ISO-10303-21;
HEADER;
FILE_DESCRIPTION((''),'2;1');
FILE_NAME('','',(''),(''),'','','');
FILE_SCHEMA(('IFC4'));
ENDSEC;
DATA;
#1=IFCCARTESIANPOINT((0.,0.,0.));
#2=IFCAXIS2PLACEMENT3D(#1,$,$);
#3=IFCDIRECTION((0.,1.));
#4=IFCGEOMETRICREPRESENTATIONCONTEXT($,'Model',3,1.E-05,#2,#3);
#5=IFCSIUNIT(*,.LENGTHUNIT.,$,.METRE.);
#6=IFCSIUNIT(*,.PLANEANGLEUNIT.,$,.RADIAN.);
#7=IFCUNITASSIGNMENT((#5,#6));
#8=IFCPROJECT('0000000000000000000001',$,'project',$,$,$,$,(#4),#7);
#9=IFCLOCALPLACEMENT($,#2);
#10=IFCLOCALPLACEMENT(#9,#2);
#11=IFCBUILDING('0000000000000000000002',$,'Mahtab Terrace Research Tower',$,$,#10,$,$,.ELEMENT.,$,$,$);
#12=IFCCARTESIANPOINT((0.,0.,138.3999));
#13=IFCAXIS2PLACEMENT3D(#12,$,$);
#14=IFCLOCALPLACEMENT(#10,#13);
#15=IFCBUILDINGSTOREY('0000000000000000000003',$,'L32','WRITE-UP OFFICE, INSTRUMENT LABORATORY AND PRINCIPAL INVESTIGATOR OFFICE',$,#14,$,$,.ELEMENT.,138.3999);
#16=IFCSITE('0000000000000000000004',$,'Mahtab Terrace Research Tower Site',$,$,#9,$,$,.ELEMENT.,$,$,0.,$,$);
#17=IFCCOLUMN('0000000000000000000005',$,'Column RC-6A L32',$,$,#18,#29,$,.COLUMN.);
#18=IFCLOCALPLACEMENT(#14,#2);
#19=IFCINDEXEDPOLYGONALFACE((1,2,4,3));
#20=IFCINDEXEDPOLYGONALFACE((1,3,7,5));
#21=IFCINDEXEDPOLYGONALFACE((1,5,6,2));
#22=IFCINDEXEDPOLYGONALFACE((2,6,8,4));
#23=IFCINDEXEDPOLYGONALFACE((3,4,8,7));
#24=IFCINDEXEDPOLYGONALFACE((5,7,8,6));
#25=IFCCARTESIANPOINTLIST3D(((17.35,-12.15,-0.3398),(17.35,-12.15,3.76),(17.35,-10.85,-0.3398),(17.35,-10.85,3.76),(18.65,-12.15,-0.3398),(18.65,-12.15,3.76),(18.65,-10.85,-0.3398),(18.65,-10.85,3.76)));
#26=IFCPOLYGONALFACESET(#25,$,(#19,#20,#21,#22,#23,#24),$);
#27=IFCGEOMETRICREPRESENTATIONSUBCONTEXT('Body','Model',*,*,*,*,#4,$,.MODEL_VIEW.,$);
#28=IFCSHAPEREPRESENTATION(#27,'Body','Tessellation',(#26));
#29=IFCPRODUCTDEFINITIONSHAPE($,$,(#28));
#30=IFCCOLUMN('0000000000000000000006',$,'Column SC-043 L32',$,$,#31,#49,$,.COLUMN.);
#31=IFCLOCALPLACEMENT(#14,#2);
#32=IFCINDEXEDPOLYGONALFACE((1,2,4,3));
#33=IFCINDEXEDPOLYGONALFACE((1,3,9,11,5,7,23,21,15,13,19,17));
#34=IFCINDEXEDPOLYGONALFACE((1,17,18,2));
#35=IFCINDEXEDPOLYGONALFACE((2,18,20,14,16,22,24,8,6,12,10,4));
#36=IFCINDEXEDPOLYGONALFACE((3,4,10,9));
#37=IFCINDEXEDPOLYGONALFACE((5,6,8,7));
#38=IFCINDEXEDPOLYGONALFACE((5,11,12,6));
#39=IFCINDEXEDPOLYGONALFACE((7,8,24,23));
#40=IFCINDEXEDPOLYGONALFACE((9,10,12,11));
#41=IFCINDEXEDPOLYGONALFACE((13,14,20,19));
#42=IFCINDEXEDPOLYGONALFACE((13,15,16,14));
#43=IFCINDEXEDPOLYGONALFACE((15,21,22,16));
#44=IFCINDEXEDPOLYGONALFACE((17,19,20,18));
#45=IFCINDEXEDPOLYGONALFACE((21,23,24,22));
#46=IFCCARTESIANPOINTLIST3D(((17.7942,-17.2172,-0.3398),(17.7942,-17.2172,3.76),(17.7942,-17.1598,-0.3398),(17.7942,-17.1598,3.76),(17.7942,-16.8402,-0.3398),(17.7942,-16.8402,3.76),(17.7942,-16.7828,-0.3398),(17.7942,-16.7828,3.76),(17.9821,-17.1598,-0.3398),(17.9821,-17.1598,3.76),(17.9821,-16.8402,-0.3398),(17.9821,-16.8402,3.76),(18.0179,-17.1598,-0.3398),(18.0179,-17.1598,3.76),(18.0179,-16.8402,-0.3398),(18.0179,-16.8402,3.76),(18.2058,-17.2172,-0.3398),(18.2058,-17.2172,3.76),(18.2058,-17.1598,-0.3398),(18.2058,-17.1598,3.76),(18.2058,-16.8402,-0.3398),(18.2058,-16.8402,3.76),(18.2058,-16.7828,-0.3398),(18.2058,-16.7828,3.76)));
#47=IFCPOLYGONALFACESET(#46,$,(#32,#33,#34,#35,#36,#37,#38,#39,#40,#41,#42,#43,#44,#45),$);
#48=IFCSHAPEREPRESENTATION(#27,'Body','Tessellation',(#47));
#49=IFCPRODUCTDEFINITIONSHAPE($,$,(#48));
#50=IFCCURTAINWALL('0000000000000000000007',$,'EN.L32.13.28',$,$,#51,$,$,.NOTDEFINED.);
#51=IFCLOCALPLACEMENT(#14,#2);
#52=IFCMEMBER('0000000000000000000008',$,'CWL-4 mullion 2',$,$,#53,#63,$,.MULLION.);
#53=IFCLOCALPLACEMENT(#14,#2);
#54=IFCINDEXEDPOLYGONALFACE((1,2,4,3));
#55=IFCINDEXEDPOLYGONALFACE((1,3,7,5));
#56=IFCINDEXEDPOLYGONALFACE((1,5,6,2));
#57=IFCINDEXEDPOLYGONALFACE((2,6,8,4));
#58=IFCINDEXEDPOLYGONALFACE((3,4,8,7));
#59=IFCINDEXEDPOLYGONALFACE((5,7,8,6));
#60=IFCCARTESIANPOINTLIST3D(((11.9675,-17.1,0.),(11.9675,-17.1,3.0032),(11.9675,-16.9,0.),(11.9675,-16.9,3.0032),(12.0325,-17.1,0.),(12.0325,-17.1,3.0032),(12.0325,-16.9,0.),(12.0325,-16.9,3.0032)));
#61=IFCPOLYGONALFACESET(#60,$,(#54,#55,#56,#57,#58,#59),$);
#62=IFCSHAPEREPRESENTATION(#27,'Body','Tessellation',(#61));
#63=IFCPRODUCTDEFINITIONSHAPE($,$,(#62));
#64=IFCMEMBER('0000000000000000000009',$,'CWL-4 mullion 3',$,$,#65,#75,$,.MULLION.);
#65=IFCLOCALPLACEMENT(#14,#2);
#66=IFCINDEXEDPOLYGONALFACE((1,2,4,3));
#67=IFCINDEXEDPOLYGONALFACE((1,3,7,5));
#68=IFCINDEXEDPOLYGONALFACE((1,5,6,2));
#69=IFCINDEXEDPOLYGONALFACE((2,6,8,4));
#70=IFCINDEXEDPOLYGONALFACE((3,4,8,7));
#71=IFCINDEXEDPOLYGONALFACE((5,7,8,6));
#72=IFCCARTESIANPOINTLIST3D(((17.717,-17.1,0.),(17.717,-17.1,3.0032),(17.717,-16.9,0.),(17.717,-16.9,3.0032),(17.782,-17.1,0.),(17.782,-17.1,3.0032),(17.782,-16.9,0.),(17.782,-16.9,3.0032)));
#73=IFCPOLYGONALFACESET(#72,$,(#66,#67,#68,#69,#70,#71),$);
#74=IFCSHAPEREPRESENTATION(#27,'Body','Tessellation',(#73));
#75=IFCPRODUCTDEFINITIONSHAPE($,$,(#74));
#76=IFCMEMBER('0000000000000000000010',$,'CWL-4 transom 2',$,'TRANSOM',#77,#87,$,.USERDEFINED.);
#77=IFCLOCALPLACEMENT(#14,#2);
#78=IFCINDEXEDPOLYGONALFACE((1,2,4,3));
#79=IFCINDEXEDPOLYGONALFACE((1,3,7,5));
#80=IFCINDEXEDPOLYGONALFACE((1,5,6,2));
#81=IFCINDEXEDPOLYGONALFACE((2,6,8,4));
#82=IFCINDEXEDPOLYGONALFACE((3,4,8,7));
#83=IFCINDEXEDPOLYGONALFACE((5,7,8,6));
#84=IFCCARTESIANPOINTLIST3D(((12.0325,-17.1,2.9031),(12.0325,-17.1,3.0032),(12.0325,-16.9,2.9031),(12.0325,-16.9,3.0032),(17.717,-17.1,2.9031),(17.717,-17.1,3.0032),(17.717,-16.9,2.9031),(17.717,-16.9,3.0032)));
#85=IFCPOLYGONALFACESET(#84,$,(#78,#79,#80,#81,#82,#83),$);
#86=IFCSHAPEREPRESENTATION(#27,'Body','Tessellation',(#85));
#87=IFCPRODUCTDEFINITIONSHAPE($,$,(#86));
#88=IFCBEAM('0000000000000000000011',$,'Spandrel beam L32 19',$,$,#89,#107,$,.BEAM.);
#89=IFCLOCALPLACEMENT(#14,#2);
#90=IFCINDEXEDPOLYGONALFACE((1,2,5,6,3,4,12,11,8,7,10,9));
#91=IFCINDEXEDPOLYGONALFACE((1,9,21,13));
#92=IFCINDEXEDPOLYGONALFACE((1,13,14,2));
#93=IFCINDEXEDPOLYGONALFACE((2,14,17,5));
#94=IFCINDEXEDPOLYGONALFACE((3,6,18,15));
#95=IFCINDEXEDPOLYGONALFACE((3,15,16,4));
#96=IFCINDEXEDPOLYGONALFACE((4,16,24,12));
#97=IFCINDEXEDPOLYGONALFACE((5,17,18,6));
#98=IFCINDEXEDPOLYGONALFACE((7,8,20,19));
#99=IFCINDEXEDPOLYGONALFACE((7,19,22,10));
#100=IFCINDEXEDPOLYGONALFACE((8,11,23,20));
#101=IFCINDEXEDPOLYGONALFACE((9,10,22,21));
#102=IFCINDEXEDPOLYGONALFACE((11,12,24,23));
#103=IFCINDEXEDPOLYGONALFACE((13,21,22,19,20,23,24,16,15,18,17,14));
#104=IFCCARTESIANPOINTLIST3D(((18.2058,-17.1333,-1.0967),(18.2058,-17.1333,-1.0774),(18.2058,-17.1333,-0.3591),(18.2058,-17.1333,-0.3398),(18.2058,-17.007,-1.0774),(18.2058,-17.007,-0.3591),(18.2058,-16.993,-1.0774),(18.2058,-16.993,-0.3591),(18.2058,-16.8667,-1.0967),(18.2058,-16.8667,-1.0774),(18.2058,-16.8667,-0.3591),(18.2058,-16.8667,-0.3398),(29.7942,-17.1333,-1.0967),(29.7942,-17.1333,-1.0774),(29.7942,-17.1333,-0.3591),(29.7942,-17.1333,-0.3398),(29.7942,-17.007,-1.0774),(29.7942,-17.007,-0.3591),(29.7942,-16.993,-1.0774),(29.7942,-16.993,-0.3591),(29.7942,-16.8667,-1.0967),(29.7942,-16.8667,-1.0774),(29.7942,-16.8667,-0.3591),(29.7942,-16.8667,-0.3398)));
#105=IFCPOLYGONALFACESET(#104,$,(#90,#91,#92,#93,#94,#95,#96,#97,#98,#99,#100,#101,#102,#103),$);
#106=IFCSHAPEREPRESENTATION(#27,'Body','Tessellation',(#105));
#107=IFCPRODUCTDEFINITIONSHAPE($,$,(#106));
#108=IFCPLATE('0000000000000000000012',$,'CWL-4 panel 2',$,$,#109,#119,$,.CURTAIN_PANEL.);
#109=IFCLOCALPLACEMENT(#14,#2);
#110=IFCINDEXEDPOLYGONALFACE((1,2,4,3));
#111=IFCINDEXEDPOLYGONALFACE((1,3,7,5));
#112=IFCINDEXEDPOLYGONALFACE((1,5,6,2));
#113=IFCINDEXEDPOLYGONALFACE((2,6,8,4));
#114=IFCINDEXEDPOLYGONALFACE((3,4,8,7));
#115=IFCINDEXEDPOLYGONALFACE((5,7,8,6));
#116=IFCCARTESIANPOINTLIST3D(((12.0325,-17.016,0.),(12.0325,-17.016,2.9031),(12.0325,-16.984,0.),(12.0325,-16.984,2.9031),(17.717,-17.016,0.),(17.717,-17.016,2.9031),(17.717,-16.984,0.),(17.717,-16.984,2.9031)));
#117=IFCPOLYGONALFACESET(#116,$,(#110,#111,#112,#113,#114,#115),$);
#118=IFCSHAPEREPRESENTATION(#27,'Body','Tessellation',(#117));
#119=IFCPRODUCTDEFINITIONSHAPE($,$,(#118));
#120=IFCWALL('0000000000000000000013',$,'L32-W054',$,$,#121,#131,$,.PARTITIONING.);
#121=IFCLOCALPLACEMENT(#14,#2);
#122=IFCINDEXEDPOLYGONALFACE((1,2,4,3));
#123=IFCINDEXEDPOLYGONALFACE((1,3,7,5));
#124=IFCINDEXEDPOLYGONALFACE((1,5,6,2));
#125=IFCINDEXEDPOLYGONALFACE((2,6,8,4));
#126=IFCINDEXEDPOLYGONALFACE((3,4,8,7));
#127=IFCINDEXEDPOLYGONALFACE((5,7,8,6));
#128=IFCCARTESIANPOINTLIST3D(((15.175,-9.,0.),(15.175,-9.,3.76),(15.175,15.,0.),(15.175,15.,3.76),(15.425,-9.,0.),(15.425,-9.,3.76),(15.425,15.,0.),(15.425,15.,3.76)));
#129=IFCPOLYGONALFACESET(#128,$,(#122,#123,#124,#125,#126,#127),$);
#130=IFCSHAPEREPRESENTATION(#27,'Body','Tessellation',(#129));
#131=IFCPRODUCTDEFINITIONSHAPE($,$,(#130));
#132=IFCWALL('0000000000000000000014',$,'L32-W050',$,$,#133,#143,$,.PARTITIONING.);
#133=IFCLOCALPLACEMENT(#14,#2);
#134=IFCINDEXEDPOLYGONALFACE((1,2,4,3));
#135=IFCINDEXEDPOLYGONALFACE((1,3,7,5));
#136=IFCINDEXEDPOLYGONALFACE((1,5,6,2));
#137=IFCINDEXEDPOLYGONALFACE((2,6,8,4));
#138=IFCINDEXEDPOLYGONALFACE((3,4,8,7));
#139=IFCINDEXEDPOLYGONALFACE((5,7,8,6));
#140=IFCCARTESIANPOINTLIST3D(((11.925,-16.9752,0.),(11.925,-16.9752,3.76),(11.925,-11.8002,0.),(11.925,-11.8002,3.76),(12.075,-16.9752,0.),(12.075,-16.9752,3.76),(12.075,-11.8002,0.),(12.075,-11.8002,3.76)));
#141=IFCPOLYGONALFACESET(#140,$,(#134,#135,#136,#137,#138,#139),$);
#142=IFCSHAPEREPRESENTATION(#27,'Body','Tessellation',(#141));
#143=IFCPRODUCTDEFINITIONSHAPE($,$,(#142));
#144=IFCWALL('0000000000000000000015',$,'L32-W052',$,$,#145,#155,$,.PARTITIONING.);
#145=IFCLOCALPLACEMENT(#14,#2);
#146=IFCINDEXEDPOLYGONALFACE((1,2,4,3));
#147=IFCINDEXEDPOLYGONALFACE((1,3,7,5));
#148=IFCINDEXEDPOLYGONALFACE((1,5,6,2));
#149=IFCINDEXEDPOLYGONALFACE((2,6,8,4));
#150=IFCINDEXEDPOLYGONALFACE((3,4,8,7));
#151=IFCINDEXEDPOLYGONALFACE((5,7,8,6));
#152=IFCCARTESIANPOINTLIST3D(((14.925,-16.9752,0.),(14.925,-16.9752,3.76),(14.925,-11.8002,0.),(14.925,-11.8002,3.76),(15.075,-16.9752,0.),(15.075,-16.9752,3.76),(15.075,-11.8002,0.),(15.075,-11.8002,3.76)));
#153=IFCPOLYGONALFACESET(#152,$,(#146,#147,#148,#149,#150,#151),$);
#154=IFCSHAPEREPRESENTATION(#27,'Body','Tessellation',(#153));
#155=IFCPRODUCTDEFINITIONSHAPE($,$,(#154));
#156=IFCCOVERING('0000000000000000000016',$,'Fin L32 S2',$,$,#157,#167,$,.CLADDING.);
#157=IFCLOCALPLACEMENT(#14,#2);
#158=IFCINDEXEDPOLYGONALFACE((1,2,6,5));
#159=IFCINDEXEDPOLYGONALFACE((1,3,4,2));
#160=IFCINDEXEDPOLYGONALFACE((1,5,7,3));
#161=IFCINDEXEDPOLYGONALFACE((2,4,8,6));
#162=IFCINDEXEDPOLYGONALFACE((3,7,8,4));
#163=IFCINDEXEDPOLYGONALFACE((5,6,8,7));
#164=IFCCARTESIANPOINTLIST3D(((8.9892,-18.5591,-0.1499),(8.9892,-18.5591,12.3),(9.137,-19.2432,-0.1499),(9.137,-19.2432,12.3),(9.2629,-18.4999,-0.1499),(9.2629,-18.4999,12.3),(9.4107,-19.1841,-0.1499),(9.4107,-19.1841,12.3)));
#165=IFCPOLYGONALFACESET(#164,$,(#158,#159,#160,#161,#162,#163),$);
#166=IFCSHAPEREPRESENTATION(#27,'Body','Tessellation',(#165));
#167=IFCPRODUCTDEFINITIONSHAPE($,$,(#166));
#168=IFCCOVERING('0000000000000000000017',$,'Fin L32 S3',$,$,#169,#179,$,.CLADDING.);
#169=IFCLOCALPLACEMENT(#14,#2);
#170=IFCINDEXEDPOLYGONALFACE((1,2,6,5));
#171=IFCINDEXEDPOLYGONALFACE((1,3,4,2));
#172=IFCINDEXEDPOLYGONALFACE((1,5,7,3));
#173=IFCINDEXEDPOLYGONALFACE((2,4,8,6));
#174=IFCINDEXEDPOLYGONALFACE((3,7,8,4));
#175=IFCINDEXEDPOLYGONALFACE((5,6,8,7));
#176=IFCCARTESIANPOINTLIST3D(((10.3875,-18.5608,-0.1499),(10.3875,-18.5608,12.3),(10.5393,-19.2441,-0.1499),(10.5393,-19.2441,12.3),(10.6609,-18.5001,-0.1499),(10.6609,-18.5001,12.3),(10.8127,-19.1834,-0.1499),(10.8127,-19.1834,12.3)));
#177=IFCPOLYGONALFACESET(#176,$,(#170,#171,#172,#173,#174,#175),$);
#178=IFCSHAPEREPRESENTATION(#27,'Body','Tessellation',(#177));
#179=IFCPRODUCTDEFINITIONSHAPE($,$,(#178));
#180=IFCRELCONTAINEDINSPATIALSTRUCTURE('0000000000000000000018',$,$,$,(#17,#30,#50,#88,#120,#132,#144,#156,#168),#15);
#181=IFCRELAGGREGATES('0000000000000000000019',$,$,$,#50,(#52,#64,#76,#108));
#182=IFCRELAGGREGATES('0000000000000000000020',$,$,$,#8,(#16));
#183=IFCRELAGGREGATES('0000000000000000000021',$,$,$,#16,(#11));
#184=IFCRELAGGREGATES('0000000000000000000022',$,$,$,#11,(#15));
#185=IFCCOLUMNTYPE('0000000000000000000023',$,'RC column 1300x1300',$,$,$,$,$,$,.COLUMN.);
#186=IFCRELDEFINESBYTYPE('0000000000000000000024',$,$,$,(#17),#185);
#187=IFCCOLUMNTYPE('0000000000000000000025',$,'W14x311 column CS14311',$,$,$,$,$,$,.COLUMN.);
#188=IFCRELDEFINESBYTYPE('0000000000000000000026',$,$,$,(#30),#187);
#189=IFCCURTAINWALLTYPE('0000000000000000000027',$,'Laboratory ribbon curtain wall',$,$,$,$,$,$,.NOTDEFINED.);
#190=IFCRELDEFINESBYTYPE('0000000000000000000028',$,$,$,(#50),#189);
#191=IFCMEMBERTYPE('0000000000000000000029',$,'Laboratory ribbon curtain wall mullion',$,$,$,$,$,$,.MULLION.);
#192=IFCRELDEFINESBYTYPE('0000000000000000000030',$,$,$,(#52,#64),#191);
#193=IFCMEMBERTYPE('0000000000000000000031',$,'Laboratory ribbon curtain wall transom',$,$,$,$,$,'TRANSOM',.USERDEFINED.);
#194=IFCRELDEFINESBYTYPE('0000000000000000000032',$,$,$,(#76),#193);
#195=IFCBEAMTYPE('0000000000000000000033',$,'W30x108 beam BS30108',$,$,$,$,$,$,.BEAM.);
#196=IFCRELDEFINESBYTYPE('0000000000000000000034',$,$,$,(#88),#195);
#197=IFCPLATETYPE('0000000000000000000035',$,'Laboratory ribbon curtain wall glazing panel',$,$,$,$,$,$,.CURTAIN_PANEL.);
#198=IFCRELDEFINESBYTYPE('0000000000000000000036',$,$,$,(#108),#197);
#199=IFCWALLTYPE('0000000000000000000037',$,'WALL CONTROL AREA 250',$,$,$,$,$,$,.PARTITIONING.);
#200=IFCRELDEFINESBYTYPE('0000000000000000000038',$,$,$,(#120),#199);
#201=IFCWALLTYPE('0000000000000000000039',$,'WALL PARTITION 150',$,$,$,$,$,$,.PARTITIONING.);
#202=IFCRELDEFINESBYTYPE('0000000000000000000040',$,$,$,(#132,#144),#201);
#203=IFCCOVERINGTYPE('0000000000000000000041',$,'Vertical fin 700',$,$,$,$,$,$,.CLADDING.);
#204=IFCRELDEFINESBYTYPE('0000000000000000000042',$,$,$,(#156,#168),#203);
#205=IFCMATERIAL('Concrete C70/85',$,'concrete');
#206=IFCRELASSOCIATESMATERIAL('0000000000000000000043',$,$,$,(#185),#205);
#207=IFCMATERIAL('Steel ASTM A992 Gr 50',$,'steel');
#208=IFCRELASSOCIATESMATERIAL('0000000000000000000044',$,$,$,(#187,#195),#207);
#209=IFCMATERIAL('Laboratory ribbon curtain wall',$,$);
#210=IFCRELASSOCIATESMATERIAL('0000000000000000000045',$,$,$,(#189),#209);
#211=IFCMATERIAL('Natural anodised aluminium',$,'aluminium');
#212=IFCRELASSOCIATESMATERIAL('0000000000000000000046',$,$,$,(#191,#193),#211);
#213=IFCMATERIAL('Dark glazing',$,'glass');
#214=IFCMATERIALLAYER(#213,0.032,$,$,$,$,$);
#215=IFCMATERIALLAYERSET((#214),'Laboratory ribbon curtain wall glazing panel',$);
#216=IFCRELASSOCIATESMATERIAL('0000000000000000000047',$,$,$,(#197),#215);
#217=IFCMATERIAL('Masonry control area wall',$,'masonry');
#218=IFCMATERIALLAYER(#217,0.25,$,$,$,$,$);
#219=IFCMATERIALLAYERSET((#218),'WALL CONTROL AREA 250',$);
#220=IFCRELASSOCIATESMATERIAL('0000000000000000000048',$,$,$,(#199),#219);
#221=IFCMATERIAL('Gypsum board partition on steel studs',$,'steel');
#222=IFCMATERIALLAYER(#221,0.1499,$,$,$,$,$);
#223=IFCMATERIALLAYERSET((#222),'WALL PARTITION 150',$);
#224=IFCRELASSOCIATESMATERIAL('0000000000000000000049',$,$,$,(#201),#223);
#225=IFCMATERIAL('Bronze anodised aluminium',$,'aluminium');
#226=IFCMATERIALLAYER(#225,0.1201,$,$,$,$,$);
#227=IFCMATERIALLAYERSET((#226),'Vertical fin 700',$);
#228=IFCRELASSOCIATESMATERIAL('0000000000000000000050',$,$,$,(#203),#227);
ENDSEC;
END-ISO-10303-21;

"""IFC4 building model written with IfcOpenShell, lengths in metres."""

from ifc_helpers import new_model, si_unit, direction, frame, frame_2d, origin, origin_2d, place, context, subcontext, project, spatial, rectangle, i_section, extrude, material, layer, layer_set, material_profile, profile_set, type_object, element, aggregate, save


model = new_model("IFC4")

# Units and contexts
model_context = context("Model", 3, precision=1e-05, world=origin(), true_north=direction((0.0, 1.0)))
body_context = subcontext(model_context, "Body", "Model", "MODEL_VIEW")
ifc_project = project(units=[si_unit("LENGTHUNIT", "METRE"), si_unit("PLANEANGLEUNIT", "RADIAN")], contexts=[model_context])

# Site, building, storey
site_placement = place(None, origin())
site = spatial("IfcSite", under=ifc_project, at=site_placement, Name="Mahtab Terrace Research Tower Site", CompositionType="ELEMENT", RefElevation=0.0)
building_placement = place(site_placement, origin())
building = spatial("IfcBuilding", under=site, at=building_placement, Name="Mahtab Terrace Research Tower", CompositionType="ELEMENT")
storey_placement = place(building_placement, frame((0.0, 0.0, 138.3999)))
storey = spatial("IfcBuildingStorey", under=building, at=storey_placement, Name="L32", Description="WRITE-UP OFFICE, INSTRUMENT LABORATORY AND PRINCIPAL INVESTIGATOR OFFICE", CompositionType="ELEMENT", Elevation=138.3999)

# Columns
ifc_material_1 = material(Name="Concrete C70/85", Category="concrete")
ifc_material_profile_1 = material_profile(ifc_material_1, rectangle(XDim=1.3, YDim=1.3, at=origin_2d()), Name="RC column 1300x1300")
ifc_profile_set_1 = profile_set([ifc_material_profile_1], Name="Concrete C70/85")
column_type_1 = type_object("IfcColumnType", Name="RC column 1300x1300", PredefinedType="COLUMN", material=ifc_profile_set_1)
column_1_placement = place(storey_placement, frame((18.0, -11.5, -0.3398), z_axis=(0.0, 0.0, 1.0), x_axis=(1.0, 0.0, 0.0)))
element("IfcColumn", 1, at=column_1_placement, inside=storey, type_object=column_type_1, Name="Column RC-6A L32", PredefinedType="COLUMN", context=body_context, shape_type="SweptSolid", body=[
    extrude(rectangle(XDim=1.3, YDim=1.3, at=origin_2d()), origin(), (0.0, 0.0, 1.0), 4.0999),
])
ifc_material_2 = material(Name="Steel ASTM A992 Gr 50", Category="steel")
ifc_material_profile_2 = material_profile(ifc_material_2, i_section(OverallWidth=0.4116, OverallDepth=0.4343, WebThickness=0.0359, FlangeThickness=0.0574, at=origin_2d()), Name="W14X311")
ifc_profile_set_2 = profile_set([ifc_material_profile_2], Name="Steel ASTM A992 Gr 50")
column_type_2 = type_object("IfcColumnType", Name="W14x311 column CS14311", PredefinedType="COLUMN", material=ifc_profile_set_2)
column_2_placement = place(storey_placement, frame((18.0, -17.0, -0.3398), z_axis=(0.0, 0.0, 1.0), x_axis=(1.0, 0.0, 0.0)))
element("IfcColumn", 2, at=column_2_placement, inside=storey, type_object=column_type_2, Name="Column SC-043 L32", PredefinedType="COLUMN", context=body_context, shape_type="SweptSolid", body=[
    extrude(i_section(OverallWidth=0.4116, OverallDepth=0.4343, WebThickness=0.0359, FlangeThickness=0.0574, at=origin_2d()), origin(), (0.0, 0.0, 1.0), 4.0999),
])

# Curtain wall, members
ifc_material_3 = material(Name="Laboratory ribbon curtain wall")
curtain_wall_type = type_object("IfcCurtainWallType", Name="Laboratory ribbon curtain wall", PredefinedType="NOTDEFINED", material=ifc_material_3)
curtain_wall_placement = place(storey_placement, origin())
curtain_wall = element("IfcCurtainWall", 3, at=curtain_wall_placement, inside=storey, type_object=curtain_wall_type, Name="EN.L32.13.28", PredefinedType="NOTDEFINED")
ifc_material_4 = material(Name="Natural anodised aluminium", Category="aluminium")
ifc_material_profile_3 = material_profile(ifc_material_4, rectangle(XDim=0.2, YDim=0.0649, at=origin_2d()), Name="MULLION 65x200")
ifc_profile_set_3 = profile_set([ifc_material_profile_3], Name="Natural anodised aluminium")
member_type_1 = type_object("IfcMemberType", Name="Laboratory ribbon curtain wall mullion", PredefinedType="MULLION", material=ifc_profile_set_3)
member_1_placement = place(storey_placement, frame((12.0, -17.0, 0.0), z_axis=(0.0, 0.0, 1.0), x_axis=(0.0, 1.0, 0.0)))
member_1 = element("IfcMember", 4, at=member_1_placement, type_object=member_type_1, Name="CWL-4 mullion 2", PredefinedType="MULLION", context=body_context, shape_type="SweptSolid", body=[
    extrude(rectangle(XDim=0.2, YDim=0.0649, at=origin_2d()), origin(), (0.0, 0.0, 1.0), 3.0032),
])
member_2_placement = place(storey_placement, frame((17.7495, -17.0, 0.0), z_axis=(0.0, 0.0, 1.0), x_axis=(0.0, 1.0, 0.0)))
member_2 = element("IfcMember", 5, at=member_2_placement, type_object=member_type_1, Name="CWL-4 mullion 3", PredefinedType="MULLION", context=body_context, shape_type="SweptSolid", body=[
    extrude(rectangle(XDim=0.2, YDim=0.0649, at=origin_2d()), origin(), (0.0, 0.0, 1.0), 3.0032),
])
ifc_material_profile_4 = material_profile(ifc_material_4, rectangle(XDim=0.2, YDim=0.1001, at=origin_2d()), Name="TRANSOM 100x200")
ifc_profile_set_4 = profile_set([ifc_material_profile_4], Name="Natural anodised aluminium")
member_type_2 = type_object("IfcMemberType", Name="Laboratory ribbon curtain wall transom", ElementType="TRANSOM", PredefinedType="USERDEFINED", material=ifc_profile_set_4)
member_3_placement = place(storey_placement, frame((12.0325, -17.0, 2.9531), z_axis=(1.0, 0.0, 0.0), x_axis=(0.0, 1.0, 0.0)))
member_3 = element("IfcMember", 6, at=member_3_placement, type_object=member_type_2, Name="CWL-4 transom 2", ObjectType="TRANSOM", PredefinedType="USERDEFINED", context=body_context, shape_type="SweptSolid", body=[
    extrude(rectangle(XDim=0.2, YDim=0.1001, at=origin_2d()), origin(), (0.0, 0.0, 1.0), 5.6846),
])

# Beam
ifc_material_profile_5 = material_profile(ifc_material_2, i_section(OverallWidth=0.2666, OverallDepth=0.7568, WebThickness=0.0139, FlangeThickness=0.0193, at=origin_2d()), Name="W30X108")
ifc_profile_set_5 = profile_set([ifc_material_profile_5], Name="Steel ASTM A992 Gr 50")
beam_type = type_object("IfcBeamType", Name="W30x108 beam BS30108", PredefinedType="BEAM", material=ifc_profile_set_5)
beam_placement = place(storey_placement, frame((18.2058, -17.0, -0.7183), z_axis=(1.0, 0.0, 0.0), x_axis=(0.0, 1.0, 0.0)))
element("IfcBeam", 7, at=beam_placement, inside=storey, type_object=beam_type, Name="Spandrel beam L32 19", PredefinedType="BEAM", context=body_context, shape_type="SweptSolid", body=[
    extrude(i_section(OverallWidth=0.2666, OverallDepth=0.7568, WebThickness=0.0139, FlangeThickness=0.0193, at=origin_2d()), origin(), (0.0, 0.0, 1.0), 11.5884),
])

# Plate
ifc_material_5 = material(Name="Dark glazing", Category="glass")
ifc_layer_1 = layer(ifc_material_5, 0.032)
ifc_layer_set_1 = layer_set([ifc_layer_1], Name="Laboratory ribbon curtain wall glazing panel")
plate_type = type_object("IfcPlateType", Name="Laboratory ribbon curtain wall glazing panel", PredefinedType="CURTAIN_PANEL", material=ifc_layer_set_1)
plate_placement = place(storey_placement, frame((14.8748, -17.0, 0.0), z_axis=(0.0, 0.0, 1.0), x_axis=(1.0, 0.0, 0.0)))
plate = element("IfcPlate", 8, at=plate_placement, type_object=plate_type, Name="CWL-4 panel 2", PredefinedType="CURTAIN_PANEL", context=body_context, shape_type="SweptSolid", body=[
    extrude(rectangle(XDim=5.6846, YDim=0.032, at=origin_2d()), origin(), (0.0, 0.0, 1.0), 2.9031),
])
aggregate(curtain_wall, [member_1, member_2, member_3, plate])

# Walls
ifc_material_6 = material(Name="Masonry control area wall", Category="masonry")
ifc_layer_2 = layer(ifc_material_6, 0.25)
ifc_layer_set_2 = layer_set([ifc_layer_2], Name="WALL CONTROL AREA 250")
wall_type_1 = type_object("IfcWallType", Name="WALL CONTROL AREA 250", PredefinedType="PARTITIONING", material=ifc_layer_set_2)
wall_placement = place(storey_placement, frame((15.3, -9.0, 0.0), z_axis=(0.0, 0.0, 1.0), x_axis=(0.0, 1.0, 0.0)))
element("IfcWall", 9, at=wall_placement, inside=storey, type_object=wall_type_1, Name="L32-W054", PredefinedType="PARTITIONING", context=body_context, shape_type="SweptSolid", body=[
    extrude(rectangle(XDim=24.0, YDim=0.25, at=frame_2d((12.0, 0.0))), origin(), (0.0, 0.0, 1.0), 3.76),
])
ifc_material_7 = material(Name="Gypsum board partition on steel studs", Category="steel")
ifc_layer_3 = layer(ifc_material_7, 0.1499)
ifc_layer_set_3 = layer_set([ifc_layer_3], Name="WALL PARTITION 150")
wall_type_2 = type_object("IfcWallType", Name="WALL PARTITION 150", PredefinedType="PARTITIONING", material=ifc_layer_set_3)
for number, where, z_axis, x_axis, name in (
    (10, (12.0, -16.9751, 0.0), (0.0, 0.0, 1.0), (0.0, 1.0, 0.0), "L32-W050"),
    (11, (15.0, -16.9751, 0.0), (0.0, 0.0, 1.0), (0.0, 1.0, 0.0), "L32-W052"),
):
    element("IfcWall", number, at=place(storey_placement, frame(where, z_axis=z_axis, x_axis=x_axis)), inside=storey, type_object=wall_type_2, Name=name, PredefinedType="PARTITIONING", context=body_context, shape_type="SweptSolid", body=[
        extrude(rectangle(XDim=5.175, YDim=0.1499, at=frame_2d((2.5874, 0.0))), origin(), (0.0, 0.0, 1.0), 3.76),
    ])

# Coverings
ifc_material_8 = material(Name="Bronze anodised aluminium", Category="aluminium")
ifc_layer_4 = layer(ifc_material_8, 0.1201)
ifc_layer_set_4 = layer_set([ifc_layer_4], Name="Vertical fin 700")
covering_type = type_object("IfcCoveringType", Name="Vertical fin 700", PredefinedType="CLADDING", material=ifc_layer_set_4)
for number, where, z_axis, x_axis, name in (
    (12, (9.2, -18.8716, -0.1499), (0.0, 0.0, 1.0), (0.977451, 0.211162, 0.0), "Fin L32 S2"),
    (13, (10.6001, -18.8721, -0.1499), (0.0, 0.0, 1.0), (0.976206, 0.216845, 0.0), "Fin L32 S3"),
):
    element("IfcCovering", number, at=place(storey_placement, frame(where, z_axis=z_axis, x_axis=x_axis)), inside=storey, type_object=covering_type, Name=name, PredefinedType="CLADDING", context=body_context, shape_type="SweptSolid", body=[
        extrude(rectangle(XDim=0.28, YDim=0.7, at=origin_2d()), origin(), (0.0, 0.0, 1.0), 12.45),
    ])

save(model, "model.ifc")
